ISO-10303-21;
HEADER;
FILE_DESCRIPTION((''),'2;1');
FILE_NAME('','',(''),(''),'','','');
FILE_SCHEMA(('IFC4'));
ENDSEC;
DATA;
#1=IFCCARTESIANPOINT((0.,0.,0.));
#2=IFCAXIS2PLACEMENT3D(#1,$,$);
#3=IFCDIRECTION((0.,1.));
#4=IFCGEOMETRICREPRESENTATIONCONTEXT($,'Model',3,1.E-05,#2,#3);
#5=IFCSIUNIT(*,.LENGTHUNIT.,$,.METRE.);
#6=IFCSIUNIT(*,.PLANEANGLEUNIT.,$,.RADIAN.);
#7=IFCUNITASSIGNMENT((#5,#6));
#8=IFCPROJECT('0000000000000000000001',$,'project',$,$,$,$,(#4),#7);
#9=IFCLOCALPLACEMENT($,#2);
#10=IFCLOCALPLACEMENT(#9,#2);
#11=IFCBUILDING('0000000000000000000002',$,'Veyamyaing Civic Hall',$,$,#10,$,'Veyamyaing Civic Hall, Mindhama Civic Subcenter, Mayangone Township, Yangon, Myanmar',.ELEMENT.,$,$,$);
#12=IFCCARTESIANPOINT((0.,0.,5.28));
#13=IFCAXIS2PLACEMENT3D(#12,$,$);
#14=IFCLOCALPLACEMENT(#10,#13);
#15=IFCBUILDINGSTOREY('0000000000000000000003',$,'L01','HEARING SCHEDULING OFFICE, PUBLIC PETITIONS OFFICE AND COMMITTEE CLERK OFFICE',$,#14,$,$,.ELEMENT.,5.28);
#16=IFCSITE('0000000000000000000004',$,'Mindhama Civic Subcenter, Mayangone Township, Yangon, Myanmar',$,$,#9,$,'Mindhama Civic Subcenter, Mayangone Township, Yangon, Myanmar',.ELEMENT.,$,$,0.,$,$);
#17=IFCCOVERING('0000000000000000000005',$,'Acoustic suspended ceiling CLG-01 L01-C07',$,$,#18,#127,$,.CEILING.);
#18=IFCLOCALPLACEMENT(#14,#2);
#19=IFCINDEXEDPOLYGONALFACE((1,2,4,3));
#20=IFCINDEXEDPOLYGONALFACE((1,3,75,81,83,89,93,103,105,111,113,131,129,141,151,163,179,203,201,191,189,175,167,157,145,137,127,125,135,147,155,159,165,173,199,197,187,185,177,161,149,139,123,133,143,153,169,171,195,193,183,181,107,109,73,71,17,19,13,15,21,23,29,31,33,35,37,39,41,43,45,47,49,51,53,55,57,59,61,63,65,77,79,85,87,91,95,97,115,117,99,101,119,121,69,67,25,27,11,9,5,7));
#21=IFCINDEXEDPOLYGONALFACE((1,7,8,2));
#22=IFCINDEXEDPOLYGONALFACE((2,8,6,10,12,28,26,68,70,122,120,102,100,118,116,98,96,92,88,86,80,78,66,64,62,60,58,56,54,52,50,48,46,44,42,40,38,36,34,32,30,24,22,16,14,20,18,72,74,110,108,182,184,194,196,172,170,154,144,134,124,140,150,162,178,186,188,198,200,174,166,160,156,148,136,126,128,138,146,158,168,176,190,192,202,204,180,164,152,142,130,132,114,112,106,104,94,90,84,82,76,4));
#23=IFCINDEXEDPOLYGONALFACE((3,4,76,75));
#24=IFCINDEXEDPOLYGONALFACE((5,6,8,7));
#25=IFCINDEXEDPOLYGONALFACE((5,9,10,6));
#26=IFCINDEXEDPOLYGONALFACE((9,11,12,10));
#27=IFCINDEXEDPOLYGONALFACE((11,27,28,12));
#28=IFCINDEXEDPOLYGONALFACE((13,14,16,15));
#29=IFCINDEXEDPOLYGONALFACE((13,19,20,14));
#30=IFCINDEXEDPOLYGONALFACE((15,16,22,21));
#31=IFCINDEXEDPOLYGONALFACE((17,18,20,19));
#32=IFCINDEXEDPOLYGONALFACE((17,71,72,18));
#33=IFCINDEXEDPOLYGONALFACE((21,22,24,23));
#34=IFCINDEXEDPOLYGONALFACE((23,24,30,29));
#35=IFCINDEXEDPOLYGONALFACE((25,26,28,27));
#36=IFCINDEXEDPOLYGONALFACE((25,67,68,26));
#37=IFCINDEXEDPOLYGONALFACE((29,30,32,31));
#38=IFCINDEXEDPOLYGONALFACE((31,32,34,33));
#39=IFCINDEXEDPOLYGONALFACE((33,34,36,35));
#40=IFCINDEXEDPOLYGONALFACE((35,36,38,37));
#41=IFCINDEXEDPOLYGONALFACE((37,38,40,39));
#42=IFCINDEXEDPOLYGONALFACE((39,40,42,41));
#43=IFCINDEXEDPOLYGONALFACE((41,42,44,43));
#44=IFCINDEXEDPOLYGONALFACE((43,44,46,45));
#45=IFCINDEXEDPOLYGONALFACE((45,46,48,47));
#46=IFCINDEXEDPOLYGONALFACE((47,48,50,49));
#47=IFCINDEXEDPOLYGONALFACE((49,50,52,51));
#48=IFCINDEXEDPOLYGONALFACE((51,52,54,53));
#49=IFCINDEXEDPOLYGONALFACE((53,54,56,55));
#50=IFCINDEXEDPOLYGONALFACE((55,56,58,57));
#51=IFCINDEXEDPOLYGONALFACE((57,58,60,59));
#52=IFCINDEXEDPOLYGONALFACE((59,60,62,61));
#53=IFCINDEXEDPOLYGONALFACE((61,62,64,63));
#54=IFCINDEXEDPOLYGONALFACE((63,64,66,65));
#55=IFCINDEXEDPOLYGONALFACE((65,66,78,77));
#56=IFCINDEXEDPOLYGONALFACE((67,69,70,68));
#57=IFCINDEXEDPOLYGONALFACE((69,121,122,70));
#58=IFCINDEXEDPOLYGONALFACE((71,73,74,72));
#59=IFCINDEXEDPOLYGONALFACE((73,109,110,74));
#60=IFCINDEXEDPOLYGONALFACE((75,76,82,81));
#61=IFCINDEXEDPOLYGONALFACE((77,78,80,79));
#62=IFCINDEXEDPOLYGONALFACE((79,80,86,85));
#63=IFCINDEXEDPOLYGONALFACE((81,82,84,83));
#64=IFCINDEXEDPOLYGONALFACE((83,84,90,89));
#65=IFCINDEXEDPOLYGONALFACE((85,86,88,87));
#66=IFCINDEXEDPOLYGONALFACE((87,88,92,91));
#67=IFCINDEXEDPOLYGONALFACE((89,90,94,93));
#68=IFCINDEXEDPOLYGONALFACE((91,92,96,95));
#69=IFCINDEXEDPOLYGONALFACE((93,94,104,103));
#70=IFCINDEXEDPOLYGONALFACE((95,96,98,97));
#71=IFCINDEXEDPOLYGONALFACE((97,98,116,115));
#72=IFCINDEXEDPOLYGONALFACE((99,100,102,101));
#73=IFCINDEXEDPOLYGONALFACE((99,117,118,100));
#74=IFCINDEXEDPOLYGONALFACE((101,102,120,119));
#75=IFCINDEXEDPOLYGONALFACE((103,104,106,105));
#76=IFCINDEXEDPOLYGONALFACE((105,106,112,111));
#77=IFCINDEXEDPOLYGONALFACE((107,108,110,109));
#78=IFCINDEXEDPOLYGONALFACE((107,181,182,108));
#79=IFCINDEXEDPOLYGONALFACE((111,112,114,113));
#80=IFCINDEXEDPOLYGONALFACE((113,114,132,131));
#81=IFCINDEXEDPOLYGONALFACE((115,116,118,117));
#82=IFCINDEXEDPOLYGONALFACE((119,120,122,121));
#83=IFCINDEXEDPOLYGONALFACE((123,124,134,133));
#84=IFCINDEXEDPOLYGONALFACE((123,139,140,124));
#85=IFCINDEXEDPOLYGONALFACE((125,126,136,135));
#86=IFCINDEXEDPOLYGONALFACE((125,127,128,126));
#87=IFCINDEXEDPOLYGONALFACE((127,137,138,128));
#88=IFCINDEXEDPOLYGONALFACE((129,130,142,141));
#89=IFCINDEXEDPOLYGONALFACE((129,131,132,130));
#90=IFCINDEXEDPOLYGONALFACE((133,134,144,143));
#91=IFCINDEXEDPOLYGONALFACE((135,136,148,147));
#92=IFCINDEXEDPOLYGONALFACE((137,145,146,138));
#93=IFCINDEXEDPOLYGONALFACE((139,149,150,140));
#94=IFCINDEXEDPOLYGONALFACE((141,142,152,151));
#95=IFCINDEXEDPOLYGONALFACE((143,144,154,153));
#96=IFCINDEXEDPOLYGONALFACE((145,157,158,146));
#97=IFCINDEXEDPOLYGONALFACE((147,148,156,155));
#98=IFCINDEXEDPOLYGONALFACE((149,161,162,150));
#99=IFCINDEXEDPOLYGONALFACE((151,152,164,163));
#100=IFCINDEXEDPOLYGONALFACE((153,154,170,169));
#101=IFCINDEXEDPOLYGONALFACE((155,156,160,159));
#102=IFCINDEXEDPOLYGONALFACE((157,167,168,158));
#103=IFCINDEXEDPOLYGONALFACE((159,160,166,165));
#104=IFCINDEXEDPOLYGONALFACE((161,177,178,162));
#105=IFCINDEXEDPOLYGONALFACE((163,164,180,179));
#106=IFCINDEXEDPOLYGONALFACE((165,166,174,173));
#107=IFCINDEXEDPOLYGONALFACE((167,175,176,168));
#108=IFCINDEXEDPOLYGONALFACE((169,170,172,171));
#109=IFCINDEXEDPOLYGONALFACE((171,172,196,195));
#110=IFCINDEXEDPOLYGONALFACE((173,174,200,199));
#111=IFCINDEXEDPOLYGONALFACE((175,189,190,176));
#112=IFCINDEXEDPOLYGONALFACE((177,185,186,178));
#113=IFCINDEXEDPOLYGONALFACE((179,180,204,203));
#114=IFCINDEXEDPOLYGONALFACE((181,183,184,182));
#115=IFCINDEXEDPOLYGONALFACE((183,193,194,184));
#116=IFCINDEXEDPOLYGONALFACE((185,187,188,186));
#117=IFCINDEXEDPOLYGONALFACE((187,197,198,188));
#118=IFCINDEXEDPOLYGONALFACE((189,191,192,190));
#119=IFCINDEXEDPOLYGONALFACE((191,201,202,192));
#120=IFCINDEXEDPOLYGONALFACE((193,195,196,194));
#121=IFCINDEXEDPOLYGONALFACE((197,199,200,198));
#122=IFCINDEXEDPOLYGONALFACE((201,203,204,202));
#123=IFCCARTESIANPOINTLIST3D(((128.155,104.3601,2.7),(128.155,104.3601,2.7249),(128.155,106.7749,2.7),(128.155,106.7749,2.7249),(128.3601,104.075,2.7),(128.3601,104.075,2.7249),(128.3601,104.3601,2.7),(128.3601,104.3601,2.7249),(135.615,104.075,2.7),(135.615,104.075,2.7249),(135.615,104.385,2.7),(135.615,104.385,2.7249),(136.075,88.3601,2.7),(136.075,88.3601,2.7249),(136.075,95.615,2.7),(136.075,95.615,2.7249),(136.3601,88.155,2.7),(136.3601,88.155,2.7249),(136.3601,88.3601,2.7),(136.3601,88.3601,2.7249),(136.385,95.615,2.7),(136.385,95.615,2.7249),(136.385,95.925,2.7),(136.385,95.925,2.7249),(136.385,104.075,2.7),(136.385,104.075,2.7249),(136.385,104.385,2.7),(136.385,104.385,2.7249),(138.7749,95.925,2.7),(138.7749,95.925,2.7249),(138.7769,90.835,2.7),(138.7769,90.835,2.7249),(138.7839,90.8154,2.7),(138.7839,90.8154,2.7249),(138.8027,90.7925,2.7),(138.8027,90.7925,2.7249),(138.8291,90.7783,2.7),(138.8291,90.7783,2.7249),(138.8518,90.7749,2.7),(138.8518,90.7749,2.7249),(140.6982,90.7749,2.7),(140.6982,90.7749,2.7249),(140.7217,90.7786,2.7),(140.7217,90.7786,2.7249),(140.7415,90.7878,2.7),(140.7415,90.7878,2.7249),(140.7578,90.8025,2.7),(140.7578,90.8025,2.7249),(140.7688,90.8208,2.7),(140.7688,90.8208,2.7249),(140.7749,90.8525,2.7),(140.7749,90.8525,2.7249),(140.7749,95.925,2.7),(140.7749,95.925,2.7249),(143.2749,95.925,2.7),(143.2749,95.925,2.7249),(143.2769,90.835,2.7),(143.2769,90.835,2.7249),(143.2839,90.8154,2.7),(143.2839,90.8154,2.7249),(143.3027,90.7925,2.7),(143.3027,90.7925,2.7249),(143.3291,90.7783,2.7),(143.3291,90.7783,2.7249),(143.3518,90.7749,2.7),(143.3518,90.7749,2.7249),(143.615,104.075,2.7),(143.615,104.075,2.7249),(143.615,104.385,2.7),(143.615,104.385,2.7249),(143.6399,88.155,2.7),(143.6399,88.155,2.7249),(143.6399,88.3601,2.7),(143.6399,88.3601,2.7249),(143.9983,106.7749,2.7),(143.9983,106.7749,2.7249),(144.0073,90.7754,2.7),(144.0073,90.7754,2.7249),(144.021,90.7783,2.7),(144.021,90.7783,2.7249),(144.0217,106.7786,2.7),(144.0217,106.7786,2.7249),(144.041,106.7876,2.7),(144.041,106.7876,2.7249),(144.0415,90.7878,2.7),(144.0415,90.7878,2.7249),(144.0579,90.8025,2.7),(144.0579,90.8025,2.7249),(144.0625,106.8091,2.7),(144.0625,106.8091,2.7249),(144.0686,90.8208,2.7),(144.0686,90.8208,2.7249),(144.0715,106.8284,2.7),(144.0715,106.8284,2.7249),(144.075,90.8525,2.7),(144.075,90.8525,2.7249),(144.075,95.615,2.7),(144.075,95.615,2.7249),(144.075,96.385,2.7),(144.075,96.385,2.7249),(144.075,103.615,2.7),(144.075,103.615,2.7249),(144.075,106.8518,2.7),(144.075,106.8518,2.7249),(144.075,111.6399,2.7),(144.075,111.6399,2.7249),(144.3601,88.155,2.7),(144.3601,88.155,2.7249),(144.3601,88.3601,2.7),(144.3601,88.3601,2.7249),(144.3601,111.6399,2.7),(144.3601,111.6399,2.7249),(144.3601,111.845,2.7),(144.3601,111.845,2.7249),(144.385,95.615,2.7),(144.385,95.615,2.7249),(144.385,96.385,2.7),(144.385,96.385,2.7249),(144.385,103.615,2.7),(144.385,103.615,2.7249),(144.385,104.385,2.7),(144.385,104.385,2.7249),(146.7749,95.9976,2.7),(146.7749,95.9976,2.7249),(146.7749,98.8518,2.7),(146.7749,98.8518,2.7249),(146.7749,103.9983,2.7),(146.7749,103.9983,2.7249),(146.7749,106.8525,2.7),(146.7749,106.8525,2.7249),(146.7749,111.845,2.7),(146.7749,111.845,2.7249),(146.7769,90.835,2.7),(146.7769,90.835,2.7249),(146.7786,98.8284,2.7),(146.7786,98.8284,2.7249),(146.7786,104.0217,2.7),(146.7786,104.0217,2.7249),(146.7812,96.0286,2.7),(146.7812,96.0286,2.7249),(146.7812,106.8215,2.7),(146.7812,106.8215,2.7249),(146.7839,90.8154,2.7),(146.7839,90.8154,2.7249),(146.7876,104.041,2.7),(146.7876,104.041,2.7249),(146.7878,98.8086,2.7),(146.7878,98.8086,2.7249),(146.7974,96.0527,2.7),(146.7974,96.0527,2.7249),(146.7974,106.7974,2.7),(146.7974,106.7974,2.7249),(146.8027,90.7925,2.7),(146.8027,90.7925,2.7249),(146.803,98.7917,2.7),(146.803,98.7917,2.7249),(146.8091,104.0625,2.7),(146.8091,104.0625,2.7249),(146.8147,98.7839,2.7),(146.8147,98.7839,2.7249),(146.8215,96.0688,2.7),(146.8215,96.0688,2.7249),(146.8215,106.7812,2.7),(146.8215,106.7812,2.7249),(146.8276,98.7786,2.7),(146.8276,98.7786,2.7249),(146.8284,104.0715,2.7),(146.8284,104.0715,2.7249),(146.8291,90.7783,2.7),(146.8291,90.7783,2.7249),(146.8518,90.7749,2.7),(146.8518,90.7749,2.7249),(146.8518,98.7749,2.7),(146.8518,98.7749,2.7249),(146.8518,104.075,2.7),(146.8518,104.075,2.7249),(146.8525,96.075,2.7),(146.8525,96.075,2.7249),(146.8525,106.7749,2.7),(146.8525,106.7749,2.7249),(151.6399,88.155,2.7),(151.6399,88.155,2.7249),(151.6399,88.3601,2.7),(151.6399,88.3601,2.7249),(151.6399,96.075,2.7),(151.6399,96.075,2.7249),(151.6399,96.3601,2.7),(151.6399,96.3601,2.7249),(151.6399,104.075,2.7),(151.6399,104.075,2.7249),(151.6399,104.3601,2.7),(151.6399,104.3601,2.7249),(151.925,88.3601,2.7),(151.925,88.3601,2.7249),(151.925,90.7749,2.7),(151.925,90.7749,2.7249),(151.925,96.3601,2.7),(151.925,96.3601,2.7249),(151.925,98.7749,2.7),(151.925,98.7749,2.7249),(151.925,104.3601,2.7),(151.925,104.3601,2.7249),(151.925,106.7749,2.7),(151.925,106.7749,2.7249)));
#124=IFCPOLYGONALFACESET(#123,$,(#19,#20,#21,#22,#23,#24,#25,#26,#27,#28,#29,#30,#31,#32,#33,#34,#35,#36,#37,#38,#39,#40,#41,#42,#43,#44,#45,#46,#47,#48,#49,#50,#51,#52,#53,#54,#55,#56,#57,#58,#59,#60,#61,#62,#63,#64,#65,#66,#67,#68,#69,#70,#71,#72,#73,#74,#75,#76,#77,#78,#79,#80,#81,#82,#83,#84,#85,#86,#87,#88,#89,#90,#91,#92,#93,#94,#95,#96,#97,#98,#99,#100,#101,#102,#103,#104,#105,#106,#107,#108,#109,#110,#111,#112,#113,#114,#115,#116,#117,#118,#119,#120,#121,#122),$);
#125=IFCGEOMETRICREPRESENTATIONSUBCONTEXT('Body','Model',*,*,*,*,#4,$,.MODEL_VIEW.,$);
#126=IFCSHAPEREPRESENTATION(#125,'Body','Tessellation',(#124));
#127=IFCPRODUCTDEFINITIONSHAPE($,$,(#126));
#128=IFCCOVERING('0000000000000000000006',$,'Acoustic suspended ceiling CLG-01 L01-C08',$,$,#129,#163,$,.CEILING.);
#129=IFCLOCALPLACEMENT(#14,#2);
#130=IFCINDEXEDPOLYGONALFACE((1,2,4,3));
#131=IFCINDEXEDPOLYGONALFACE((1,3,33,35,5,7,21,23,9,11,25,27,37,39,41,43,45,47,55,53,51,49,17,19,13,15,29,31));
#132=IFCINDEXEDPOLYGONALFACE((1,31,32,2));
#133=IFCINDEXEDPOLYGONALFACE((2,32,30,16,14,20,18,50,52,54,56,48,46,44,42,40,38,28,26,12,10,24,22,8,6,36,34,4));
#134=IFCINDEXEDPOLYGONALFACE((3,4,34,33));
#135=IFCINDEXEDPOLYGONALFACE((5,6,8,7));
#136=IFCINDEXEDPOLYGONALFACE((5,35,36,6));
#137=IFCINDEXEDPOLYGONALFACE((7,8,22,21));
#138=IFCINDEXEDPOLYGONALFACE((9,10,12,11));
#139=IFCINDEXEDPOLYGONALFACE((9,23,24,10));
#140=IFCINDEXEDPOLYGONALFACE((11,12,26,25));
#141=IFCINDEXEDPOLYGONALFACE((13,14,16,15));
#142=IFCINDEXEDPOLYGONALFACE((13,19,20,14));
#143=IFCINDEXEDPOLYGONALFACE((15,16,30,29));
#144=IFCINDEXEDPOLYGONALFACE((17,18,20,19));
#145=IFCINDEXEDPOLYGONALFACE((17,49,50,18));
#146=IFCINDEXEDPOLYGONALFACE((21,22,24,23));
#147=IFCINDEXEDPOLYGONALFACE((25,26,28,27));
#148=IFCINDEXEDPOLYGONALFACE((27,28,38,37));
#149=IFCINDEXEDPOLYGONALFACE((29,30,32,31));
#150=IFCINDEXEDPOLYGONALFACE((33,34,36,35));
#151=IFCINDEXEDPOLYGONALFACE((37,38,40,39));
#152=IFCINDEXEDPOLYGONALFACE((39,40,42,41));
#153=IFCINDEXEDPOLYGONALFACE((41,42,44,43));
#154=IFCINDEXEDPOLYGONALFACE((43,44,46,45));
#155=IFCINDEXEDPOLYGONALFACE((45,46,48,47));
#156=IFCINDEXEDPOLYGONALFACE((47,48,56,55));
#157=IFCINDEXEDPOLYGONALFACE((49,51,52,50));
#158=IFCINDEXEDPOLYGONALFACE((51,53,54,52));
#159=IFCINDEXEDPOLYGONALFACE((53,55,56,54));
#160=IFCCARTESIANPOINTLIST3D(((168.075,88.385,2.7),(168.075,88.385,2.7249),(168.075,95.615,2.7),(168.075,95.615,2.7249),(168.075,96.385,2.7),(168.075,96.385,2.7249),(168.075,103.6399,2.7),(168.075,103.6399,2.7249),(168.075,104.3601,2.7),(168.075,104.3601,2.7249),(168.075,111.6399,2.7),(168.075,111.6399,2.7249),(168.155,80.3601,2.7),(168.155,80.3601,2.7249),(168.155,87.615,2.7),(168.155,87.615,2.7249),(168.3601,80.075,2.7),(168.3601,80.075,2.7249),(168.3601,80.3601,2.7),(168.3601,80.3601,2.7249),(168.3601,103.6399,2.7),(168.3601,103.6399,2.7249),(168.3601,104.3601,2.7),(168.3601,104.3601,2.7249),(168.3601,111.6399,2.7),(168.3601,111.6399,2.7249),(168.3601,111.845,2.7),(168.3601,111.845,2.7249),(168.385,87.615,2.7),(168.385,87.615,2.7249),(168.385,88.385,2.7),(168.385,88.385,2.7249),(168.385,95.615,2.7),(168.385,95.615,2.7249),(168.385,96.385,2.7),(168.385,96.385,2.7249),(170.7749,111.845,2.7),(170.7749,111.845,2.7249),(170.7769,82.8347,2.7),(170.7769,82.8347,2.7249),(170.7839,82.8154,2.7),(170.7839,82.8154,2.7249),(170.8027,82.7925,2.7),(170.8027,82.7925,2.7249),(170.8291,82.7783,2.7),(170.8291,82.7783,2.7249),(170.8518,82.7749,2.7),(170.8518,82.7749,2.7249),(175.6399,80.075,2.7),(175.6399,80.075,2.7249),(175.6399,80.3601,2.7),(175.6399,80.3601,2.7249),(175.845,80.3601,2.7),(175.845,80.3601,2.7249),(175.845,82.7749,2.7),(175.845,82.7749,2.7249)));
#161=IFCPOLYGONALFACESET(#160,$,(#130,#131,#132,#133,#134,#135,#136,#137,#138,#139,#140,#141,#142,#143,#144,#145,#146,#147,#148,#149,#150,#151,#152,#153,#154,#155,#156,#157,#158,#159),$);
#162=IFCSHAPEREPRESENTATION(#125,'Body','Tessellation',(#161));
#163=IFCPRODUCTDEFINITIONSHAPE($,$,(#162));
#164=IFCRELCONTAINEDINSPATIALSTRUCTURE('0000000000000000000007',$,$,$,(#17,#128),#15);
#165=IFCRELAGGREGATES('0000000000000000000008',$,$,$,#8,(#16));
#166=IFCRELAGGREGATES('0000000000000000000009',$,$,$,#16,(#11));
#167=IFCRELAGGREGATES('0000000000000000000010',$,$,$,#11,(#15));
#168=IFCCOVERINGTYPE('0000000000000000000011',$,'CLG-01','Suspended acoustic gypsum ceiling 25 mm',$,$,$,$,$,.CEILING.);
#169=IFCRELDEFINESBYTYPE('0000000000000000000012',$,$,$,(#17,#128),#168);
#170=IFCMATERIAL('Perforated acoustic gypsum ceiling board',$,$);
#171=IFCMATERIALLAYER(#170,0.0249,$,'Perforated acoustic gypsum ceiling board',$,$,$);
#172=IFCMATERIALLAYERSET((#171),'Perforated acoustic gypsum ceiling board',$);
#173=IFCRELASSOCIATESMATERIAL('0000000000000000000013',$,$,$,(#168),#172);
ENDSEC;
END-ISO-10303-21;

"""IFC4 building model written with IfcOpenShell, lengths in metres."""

from ifc_helpers import new_model, si_unit, direction, frame, origin, place, context, subcontext, project, spatial, polyline, outline, extrude, material, layer, layer_set, type_object, element, save


model = new_model("IFC4")

# Units and contexts
model_context = context("Model", 3, precision=1e-05, world=origin(), true_north=direction((0.0, 1.0)))
body_context = subcontext(model_context, "Body", "Model", "MODEL_VIEW")
ifc_project = project(units=[si_unit("LENGTHUNIT", "METRE"), si_unit("PLANEANGLEUNIT", "RADIAN")], contexts=[model_context])

# Site, building, storey
site_placement = place(None, origin())
site = spatial("IfcSite", under=ifc_project, at=site_placement, Name="Mindhama Civic Subcenter, Mayangone Township, Yangon, Myanmar", LongName="Mindhama Civic Subcenter, Mayangone Township, Yangon, Myanmar", CompositionType="ELEMENT", RefElevation=0.0)
building_placement = place(site_placement, origin())
building = spatial("IfcBuilding", under=site, at=building_placement, Name="Veyamyaing Civic Hall", LongName="Veyamyaing Civic Hall, Mindhama Civic Subcenter, Mayangone Township, Yangon, Myanmar", CompositionType="ELEMENT")
storey_placement = place(building_placement, frame((0.0, 0.0, 5.28)))
storey = spatial("IfcBuildingStorey", under=building, at=storey_placement, Name="L01", Description="HEARING SCHEDULING OFFICE, PUBLIC PETITIONS OFFICE AND COMMITTEE CLERK OFFICE", CompositionType="ELEMENT", Elevation=5.28)

# Coverings
ifc_material_1 = material(Name="Perforated acoustic gypsum ceiling board")
ifc_layer_1 = layer(ifc_material_1, 0.0249, Name="Perforated acoustic gypsum ceiling board")
ifc_layer_set_1 = layer_set([ifc_layer_1], Name="Perforated acoustic gypsum ceiling board")
covering_type_1 = type_object("IfcCoveringType", Name="CLG-01", Description="Suspended acoustic gypsum ceiling 25 mm", PredefinedType="CEILING", material=ifc_layer_set_1)
covering_1_placement = place(storey_placement, frame((0.0, 0.0, 2.7)))
element("IfcCovering", 1, at=covering_1_placement, inside=storey, type_object=covering_type_1, Name="Acoustic suspended ceiling CLG-01 L01-C07", PredefinedType="CEILING", context=body_context, shape_type="SweptSolid", body=[
    extrude(outline(polyline([(138.7839, 90.8154), (138.8027, 90.7925), (138.8291, 90.7783), (138.8518, 90.7749), (140.6982, 90.7749), (140.7217, 90.7786), (140.7415, 90.7878), (140.7578, 90.8025), (140.7688, 90.8208), (140.7749, 90.8525), (140.7749, 95.925), (143.2749, 95.925), (143.2769, 90.835), (143.2839, 90.8154), (143.3027, 90.7925), (143.3291, 90.7783), (143.3518, 90.7749), (144.0073, 90.7754), (144.021, 90.7783), (144.0415, 90.7878), (144.0579, 90.8025), (144.0686, 90.8208), (144.075, 90.8525), (144.075, 95.615), (144.385, 95.615), (144.385, 96.385), (144.075, 96.385), (144.075, 103.615), (144.385, 103.615), (144.385, 104.385), (143.615, 104.385), (143.615, 104.075), (136.385, 104.075), (136.385, 104.385), (135.615, 104.385), (135.615, 104.075), (128.3601, 104.075), (128.3601, 104.3601), (128.155, 104.3601), (128.155, 106.7749), (143.9983, 106.7749), (144.0217, 106.7786), (144.041, 106.7876), (144.0625, 106.8091), (144.0715, 106.8284), (144.075, 106.8518), (144.075, 111.6399), (144.3601, 111.6399), (144.3601, 111.845), (146.7749, 111.845), (146.7749, 106.8525), (146.7812, 106.8215), (146.7974, 106.7974), (146.8215, 106.7812), (146.8525, 106.7749), (151.925, 106.7749), (151.925, 104.3601), (151.6399, 104.3601), (151.6399, 104.075), (146.8518, 104.075), (146.8284, 104.0715), (146.8091, 104.0625), (146.7876, 104.041), (146.7786, 104.0217), (146.7749, 103.9983), (146.7749, 98.8518), (146.7786, 98.8284), (146.7878, 98.8086), (146.803, 98.7917), (146.8147, 98.7839), (146.8276, 98.7786), (146.8518, 98.7749), (151.925, 98.7749), (151.925, 96.3601), (151.6399, 96.3601), (151.6399, 96.075), (146.8525, 96.075), (146.8215, 96.0688), (146.7974, 96.0527), (146.7812, 96.0286), (146.7749, 95.9976), (146.7769, 90.835), (146.7839, 90.8154), (146.8027, 90.7925), (146.8291, 90.7783), (146.8518, 90.7749), (151.925, 90.7749), (151.925, 88.3601), (151.6399, 88.3601), (151.6399, 88.155), (144.3601, 88.155), (144.3601, 88.3601), (143.6399, 88.3601), (143.6399, 88.155), (136.3601, 88.155), (136.3601, 88.3601), (136.075, 88.3601), (136.075, 95.615), (136.385, 95.615), (136.385, 95.925), (138.7749, 95.925), (138.7769, 90.835), (138.7839, 90.8154)])), origin(), (0.0, 0.0, 1.0), 0.0249),
])
covering_2_placement = place(storey_placement, frame((0.0, 0.0, 2.7)))
element("IfcCovering", 2, at=covering_2_placement, inside=storey, type_object=covering_type_1, Name="Acoustic suspended ceiling CLG-01 L01-C08", PredefinedType="CEILING", context=body_context, shape_type="SweptSolid", body=[
    extrude(outline(polyline([(170.7839, 82.8154), (170.8027, 82.7925), (170.8291, 82.7783), (170.8518, 82.7749), (175.845, 82.7749), (175.845, 80.3601), (175.6399, 80.3601), (175.6399, 80.075), (168.3601, 80.075), (168.3601, 80.3601), (168.155, 80.3601), (168.155, 87.615), (168.385, 87.615), (168.385, 88.385), (168.075, 88.385), (168.075, 95.615), (168.385, 95.615), (168.385, 96.385), (168.075, 96.385), (168.075, 103.6399), (168.3601, 103.6399), (168.3601, 104.3601), (168.075, 104.3601), (168.075, 111.6399), (168.3601, 111.6399), (168.3601, 111.845), (170.7749, 111.845), (170.7769, 82.8347), (170.7839, 82.8154)])), origin(), (0.0, 0.0, 1.0), 0.0249),
])

save(model, "model.ifc")
